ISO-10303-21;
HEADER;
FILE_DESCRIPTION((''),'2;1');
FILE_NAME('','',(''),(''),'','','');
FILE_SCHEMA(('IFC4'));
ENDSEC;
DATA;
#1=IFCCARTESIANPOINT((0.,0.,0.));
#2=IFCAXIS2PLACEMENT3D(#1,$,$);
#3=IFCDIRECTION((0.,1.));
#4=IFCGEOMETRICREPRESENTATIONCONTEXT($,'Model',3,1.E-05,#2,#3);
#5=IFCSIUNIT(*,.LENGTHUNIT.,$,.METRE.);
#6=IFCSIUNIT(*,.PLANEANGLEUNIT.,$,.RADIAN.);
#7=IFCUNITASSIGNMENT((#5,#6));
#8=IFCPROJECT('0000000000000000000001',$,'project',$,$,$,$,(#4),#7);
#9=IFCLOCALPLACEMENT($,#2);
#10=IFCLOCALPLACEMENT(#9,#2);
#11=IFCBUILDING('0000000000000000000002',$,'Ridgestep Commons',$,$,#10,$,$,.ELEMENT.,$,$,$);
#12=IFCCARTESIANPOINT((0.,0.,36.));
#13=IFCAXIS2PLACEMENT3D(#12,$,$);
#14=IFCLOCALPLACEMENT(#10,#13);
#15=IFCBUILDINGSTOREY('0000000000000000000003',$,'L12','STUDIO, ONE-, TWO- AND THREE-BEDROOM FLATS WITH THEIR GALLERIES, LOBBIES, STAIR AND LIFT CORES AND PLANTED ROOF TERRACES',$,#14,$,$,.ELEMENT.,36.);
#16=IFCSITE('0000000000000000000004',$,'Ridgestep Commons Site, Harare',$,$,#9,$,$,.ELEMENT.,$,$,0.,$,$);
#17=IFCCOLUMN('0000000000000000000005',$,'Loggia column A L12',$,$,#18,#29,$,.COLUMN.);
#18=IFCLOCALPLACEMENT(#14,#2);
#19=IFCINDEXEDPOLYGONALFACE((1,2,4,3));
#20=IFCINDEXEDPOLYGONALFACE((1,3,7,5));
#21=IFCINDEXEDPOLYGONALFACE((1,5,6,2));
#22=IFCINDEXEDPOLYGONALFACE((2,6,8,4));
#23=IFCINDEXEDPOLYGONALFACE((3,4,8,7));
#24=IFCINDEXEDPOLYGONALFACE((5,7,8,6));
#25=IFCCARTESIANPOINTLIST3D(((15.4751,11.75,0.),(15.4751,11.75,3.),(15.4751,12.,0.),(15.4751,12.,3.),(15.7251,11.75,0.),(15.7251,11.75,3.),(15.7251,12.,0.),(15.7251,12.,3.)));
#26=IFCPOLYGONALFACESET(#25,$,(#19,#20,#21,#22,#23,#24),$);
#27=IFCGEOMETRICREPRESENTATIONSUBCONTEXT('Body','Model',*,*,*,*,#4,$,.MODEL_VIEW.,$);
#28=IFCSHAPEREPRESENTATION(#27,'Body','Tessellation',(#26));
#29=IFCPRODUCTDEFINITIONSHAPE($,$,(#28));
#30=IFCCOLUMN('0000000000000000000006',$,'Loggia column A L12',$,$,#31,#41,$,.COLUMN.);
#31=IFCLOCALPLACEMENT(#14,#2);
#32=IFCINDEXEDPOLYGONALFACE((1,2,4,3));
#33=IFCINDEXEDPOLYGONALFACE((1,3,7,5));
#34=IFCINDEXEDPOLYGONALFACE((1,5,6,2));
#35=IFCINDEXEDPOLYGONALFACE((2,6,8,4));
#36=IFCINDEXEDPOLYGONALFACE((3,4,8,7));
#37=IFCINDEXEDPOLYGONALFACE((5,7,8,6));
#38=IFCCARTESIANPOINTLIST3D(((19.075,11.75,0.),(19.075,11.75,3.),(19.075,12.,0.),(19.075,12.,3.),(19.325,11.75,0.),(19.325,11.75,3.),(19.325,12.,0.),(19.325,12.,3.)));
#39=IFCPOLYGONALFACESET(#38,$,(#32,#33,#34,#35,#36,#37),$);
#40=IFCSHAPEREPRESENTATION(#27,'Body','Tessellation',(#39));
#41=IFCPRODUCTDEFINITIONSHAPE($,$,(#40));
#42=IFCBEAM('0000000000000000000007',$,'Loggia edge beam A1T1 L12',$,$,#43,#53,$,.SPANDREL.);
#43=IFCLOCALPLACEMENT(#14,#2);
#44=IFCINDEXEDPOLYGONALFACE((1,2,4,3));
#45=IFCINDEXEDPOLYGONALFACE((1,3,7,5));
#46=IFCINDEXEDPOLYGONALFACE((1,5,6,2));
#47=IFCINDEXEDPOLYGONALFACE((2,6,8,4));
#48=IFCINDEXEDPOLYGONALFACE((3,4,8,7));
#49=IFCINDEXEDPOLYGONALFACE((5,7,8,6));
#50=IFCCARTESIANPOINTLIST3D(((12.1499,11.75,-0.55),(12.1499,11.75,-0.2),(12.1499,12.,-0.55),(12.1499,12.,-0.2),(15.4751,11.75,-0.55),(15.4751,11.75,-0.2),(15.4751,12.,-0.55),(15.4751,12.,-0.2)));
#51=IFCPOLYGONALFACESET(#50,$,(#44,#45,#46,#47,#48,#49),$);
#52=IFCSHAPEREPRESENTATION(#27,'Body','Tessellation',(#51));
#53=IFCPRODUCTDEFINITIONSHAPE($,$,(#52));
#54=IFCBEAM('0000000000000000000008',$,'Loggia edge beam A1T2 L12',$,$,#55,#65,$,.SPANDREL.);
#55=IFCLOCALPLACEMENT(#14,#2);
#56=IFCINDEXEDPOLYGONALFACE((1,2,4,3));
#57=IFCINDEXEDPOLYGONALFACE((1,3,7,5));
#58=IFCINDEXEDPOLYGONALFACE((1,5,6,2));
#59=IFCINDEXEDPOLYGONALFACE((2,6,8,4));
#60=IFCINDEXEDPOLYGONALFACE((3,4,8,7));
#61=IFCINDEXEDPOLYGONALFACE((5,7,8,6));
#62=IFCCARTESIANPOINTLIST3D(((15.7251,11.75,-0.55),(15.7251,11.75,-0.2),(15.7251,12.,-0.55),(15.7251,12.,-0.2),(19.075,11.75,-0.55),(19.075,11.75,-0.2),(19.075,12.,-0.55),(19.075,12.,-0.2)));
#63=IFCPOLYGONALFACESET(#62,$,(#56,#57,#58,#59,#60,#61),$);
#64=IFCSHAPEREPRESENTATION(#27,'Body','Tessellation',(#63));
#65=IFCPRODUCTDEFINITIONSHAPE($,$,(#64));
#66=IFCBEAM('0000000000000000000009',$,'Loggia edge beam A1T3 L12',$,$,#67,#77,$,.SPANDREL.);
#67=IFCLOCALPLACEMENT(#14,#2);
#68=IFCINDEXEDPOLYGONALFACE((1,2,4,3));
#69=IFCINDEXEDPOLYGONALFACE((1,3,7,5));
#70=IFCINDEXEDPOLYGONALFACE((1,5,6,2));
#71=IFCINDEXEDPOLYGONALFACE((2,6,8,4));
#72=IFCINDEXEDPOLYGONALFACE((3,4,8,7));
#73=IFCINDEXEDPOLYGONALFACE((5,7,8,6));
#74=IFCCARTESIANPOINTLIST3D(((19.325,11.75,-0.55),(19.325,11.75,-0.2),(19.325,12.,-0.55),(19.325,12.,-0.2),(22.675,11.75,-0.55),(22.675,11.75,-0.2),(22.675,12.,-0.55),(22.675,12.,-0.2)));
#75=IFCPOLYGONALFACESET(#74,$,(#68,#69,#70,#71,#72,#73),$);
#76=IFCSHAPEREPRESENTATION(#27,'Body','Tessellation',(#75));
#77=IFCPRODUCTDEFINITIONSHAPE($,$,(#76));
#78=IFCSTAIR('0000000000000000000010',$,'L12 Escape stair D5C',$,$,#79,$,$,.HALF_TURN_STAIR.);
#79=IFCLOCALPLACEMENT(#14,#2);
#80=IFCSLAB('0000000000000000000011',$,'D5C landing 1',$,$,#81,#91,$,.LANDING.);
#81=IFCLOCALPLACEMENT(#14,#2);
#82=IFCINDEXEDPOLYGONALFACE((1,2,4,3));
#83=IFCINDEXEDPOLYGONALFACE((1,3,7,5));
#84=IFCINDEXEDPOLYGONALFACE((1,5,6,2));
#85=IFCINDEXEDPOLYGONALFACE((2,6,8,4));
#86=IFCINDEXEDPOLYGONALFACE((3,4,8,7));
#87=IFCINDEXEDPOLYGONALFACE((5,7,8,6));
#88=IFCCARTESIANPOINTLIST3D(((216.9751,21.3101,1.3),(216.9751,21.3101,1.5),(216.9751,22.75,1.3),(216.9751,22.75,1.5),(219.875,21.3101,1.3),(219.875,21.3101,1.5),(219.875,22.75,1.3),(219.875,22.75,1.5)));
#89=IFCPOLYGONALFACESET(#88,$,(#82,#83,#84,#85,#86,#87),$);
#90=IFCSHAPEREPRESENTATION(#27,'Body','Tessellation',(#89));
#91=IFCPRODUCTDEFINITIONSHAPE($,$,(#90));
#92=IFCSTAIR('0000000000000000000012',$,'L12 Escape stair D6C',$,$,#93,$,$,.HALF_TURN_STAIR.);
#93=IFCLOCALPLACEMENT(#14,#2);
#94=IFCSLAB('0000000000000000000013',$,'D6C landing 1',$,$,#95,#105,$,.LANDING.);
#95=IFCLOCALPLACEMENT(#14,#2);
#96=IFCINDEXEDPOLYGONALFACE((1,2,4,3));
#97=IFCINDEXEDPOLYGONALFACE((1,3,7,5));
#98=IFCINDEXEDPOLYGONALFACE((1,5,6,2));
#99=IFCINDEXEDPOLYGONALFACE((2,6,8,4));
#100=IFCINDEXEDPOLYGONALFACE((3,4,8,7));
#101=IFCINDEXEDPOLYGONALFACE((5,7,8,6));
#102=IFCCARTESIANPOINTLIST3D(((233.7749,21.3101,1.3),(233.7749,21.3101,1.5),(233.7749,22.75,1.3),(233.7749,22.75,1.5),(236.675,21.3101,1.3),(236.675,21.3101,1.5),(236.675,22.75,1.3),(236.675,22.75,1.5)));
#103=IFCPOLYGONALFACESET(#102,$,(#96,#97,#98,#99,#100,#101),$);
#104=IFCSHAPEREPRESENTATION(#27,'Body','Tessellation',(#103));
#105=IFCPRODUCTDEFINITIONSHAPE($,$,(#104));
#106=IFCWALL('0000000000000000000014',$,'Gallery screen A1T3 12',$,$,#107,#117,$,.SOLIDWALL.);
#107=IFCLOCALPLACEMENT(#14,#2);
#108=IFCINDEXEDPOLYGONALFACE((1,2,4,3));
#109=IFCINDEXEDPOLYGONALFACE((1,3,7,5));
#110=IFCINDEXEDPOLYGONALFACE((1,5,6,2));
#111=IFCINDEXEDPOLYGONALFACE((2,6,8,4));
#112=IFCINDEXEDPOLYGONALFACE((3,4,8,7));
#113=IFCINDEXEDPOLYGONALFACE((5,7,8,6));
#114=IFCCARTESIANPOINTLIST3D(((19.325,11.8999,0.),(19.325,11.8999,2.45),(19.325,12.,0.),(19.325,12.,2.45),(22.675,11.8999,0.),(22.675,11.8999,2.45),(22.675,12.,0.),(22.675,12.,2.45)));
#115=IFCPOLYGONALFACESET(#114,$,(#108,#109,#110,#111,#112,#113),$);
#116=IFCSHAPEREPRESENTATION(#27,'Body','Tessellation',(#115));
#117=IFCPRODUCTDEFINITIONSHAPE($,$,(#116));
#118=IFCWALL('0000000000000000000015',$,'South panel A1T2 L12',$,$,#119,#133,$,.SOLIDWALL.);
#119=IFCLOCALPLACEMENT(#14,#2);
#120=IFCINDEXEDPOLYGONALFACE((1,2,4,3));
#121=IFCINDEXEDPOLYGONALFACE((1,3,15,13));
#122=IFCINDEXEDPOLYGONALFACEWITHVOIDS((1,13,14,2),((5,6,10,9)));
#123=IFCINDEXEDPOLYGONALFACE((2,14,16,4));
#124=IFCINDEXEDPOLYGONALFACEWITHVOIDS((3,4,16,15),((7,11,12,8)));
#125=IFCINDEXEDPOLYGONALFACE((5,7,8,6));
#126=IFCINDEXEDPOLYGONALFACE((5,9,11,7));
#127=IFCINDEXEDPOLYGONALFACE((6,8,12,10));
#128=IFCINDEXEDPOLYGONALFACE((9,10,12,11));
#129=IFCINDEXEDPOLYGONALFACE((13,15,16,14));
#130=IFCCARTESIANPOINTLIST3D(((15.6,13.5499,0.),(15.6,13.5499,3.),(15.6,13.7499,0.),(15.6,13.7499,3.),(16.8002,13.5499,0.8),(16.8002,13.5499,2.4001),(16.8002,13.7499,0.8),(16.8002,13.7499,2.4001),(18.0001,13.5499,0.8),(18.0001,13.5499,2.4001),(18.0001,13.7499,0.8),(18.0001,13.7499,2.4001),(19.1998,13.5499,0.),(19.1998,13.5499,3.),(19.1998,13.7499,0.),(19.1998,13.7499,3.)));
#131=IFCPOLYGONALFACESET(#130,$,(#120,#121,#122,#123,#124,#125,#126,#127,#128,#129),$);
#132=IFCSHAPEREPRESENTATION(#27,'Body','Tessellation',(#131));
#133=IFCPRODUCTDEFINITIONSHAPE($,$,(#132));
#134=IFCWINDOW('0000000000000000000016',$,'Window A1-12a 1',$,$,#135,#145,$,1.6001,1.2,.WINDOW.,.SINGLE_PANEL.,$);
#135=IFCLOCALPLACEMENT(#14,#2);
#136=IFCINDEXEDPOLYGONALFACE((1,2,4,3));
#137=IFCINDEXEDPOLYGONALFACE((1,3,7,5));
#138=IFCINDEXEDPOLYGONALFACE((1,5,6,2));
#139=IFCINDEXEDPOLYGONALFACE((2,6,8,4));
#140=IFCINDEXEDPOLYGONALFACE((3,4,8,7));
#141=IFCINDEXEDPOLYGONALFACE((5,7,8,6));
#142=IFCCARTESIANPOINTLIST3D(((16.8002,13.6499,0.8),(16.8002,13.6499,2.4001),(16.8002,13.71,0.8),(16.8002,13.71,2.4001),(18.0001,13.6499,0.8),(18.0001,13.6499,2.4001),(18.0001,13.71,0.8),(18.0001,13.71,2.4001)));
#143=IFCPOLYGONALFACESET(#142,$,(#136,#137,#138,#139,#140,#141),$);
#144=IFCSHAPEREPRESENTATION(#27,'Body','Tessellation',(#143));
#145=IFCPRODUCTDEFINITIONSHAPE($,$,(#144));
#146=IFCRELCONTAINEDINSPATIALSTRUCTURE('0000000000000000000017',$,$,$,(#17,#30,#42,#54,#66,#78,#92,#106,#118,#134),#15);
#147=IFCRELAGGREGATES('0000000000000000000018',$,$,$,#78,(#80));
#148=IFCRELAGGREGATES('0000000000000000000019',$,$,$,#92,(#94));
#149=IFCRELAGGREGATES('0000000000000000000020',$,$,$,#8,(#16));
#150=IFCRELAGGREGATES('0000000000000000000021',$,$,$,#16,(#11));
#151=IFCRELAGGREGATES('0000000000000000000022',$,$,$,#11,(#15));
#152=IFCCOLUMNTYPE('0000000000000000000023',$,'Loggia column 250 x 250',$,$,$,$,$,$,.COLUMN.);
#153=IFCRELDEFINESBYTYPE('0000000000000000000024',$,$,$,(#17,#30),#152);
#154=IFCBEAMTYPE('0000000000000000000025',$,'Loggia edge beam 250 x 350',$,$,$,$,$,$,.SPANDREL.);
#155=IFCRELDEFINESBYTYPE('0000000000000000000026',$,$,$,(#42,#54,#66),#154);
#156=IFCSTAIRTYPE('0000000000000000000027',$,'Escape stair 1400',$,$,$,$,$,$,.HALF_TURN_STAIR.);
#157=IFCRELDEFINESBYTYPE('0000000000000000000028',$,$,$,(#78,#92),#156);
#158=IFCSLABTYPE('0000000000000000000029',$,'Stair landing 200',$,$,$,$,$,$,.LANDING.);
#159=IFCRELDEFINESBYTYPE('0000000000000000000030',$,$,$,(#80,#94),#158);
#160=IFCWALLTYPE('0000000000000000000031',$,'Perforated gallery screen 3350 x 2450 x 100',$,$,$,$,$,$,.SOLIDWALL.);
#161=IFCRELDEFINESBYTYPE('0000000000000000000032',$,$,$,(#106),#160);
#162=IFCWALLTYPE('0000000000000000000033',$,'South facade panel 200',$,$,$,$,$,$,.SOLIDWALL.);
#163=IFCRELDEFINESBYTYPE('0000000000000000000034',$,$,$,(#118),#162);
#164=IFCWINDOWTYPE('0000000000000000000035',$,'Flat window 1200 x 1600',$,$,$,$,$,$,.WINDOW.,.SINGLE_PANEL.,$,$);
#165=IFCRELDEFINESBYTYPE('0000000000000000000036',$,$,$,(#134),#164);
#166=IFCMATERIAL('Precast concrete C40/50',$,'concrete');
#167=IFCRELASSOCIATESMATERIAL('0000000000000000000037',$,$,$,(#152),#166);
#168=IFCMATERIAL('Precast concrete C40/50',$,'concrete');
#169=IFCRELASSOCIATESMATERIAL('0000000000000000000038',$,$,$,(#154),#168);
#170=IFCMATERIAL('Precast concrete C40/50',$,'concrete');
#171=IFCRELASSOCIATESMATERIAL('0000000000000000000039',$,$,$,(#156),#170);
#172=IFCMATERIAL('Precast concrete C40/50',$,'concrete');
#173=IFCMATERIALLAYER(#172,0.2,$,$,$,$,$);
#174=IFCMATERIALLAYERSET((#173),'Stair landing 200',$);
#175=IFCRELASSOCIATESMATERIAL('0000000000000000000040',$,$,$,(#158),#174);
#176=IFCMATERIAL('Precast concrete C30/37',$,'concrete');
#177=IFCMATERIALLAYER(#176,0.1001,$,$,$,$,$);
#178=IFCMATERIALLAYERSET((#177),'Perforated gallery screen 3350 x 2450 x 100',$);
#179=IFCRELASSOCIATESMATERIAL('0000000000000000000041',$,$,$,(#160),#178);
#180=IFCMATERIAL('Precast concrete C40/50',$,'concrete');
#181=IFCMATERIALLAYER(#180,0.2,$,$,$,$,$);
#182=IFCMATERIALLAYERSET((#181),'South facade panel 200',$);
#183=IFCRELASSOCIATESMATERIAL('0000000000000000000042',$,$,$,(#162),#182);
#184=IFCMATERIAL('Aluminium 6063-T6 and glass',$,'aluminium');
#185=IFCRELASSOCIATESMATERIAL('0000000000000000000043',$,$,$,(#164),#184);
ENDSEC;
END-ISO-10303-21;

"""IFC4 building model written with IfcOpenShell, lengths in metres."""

from ifc_helpers import new_model, si_unit, direction, frame, frame_2d, origin, origin_2d, place, context, subcontext, project, spatial, polyline, rectangle, outline, extrude, material, layer, layer_set, material_profile, profile_set, type_object, element, fill, aggregate, save


model = new_model("IFC4")

# Units and contexts
model_context = context("Model", 3, precision=1e-05, world=origin(), true_north=direction((0.0, 1.0)))
body_context = subcontext(model_context, "Body", "Model", "MODEL_VIEW")
ifc_project = project(units=[si_unit("LENGTHUNIT", "METRE"), si_unit("PLANEANGLEUNIT", "RADIAN")], contexts=[model_context])

# Site, building, storey
site_placement = place(None, origin())
site = spatial("IfcSite", under=ifc_project, at=site_placement, Name="Ridgestep Commons Site, Harare", CompositionType="ELEMENT", RefElevation=0.0)
building_placement = place(site_placement, origin())
building = spatial("IfcBuilding", under=site, at=building_placement, Name="Ridgestep Commons", CompositionType="ELEMENT")
storey_placement = place(building_placement, frame((0.0, 0.0, 36.0)))
storey = spatial("IfcBuildingStorey", under=building, at=storey_placement, Name="L12", Description="STUDIO, ONE-, TWO- AND THREE-BEDROOM FLATS WITH THEIR GALLERIES, LOBBIES, STAIR AND LIFT CORES AND PLANTED ROOF TERRACES", CompositionType="ELEMENT", Elevation=36.0)

# Columns
ifc_material_1 = material(Name="Precast concrete C40/50", Category="concrete")
ifc_material_profile_1 = material_profile(ifc_material_1, rectangle(XDim=0.25, YDim=0.25, at=origin_2d()), Name="PC 250x250")
ifc_profile_set_1 = profile_set([ifc_material_profile_1], Name="Precast concrete C40/50")
column_type = type_object("IfcColumnType", Name="Loggia column 250 x 250", PredefinedType="COLUMN", material=ifc_profile_set_1)
for number, where, z_axis, x_axis, name in (
    (1, (15.6001, 11.875, 0.0), (0.0, 0.0, 1.0), (1.0, 0.0, 0.0), "Loggia column A L12"),
    (2, (19.2, 11.875, 0.0), (0.0, 0.0, 1.0), (1.0, 0.0, 0.0), "Loggia column A L12"),
):
    element("IfcColumn", number, at=place(storey_placement, frame(where, z_axis=z_axis, x_axis=x_axis)), inside=storey, type_object=column_type, Name=name, PredefinedType="COLUMN", context=body_context, shape_type="SweptSolid", body=[
        extrude(rectangle(XDim=0.25, YDim=0.25, at=origin_2d()), origin(), (0.0, 0.0, 1.0), 3.0),
    ])

# Beams
ifc_material_2 = material(Name="Precast concrete C40/50", Category="concrete")
ifc_material_profile_2 = material_profile(ifc_material_2, rectangle(XDim=0.25, YDim=0.3501, at=origin_2d()), Name="PC 250x350")
ifc_profile_set_2 = profile_set([ifc_material_profile_2], Name="Precast concrete C40/50")
beam_type = type_object("IfcBeamType", Name="Loggia edge beam 250 x 350", PredefinedType="SPANDREL", material=ifc_profile_set_2)
beam_1_placement = place(storey_placement, frame((12.1499, 11.875, -0.375), z_axis=(1.0, 0.0, 0.0), x_axis=(0.0, 1.0, 0.0)))
element("IfcBeam", 3, at=beam_1_placement, inside=storey, type_object=beam_type, Name="Loggia edge beam A1T1 L12", PredefinedType="SPANDREL", context=body_context, shape_type="SweptSolid", body=[
    extrude(rectangle(XDim=0.25, YDim=0.3501, at=origin_2d()), origin(), (0.0, 0.0, 1.0), 3.3252),
])
beam_2_placement = place(storey_placement, frame((15.7251, 11.875, -0.375), z_axis=(1.0, 0.0, 0.0), x_axis=(0.0, 1.0, 0.0)))
element("IfcBeam", 4, at=beam_2_placement, inside=storey, type_object=beam_type, Name="Loggia edge beam A1T2 L12", PredefinedType="SPANDREL", context=body_context, shape_type="SweptSolid", body=[
    extrude(rectangle(XDim=0.25, YDim=0.3501, at=origin_2d()), origin(), (0.0, 0.0, 1.0), 3.3499),
])
beam_3_placement = place(storey_placement, frame((19.325, 11.875, -0.375), z_axis=(1.0, 0.0, 0.0), x_axis=(0.0, 1.0, 0.0)))
element("IfcBeam", 5, at=beam_3_placement, inside=storey, type_object=beam_type, Name="Loggia edge beam A1T3 L12", PredefinedType="SPANDREL", context=body_context, shape_type="SweptSolid", body=[
    extrude(rectangle(XDim=0.25, YDim=0.3501, at=origin_2d()), origin(), (0.0, 0.0, 1.0), 3.3501),
])

# Stairs, slabs
ifc_material_3 = material(Name="Precast concrete C40/50", Category="concrete")
stair_type = type_object("IfcStairType", Name="Escape stair 1400", PredefinedType="HALF_TURN_STAIR", material=ifc_material_3)
stair_1_placement = place(storey_placement, origin())
stair_1 = element("IfcStair", 6, at=stair_1_placement, inside=storey, type_object=stair_type, Name="L12 Escape stair D5C", PredefinedType="HALF_TURN_STAIR")
ifc_material_4 = material(Name="Precast concrete C40/50", Category="concrete")
ifc_layer_1 = layer(ifc_material_4, 0.2)
ifc_layer_set_1 = layer_set([ifc_layer_1], Name="Stair landing 200")
slab_type = type_object("IfcSlabType", Name="Stair landing 200", PredefinedType="LANDING", material=ifc_layer_set_1)
slab_1_placement = place(storey_placement, frame((0.0, 0.0, 1.3)))
slab_1 = element("IfcSlab", 7, at=slab_1_placement, type_object=slab_type, Name="D5C landing 1", PredefinedType="LANDING", context=body_context, shape_type="SweptSolid", body=[
    extrude(outline(polyline([(219.875, 21.3101), (219.875, 22.75), (216.9751, 22.75), (216.9751, 21.3101), (219.875, 21.3101)])), origin(), (0.0, 0.0, 1.0), 0.2),
])
aggregate(stair_1, [slab_1])
stair_2_placement = place(storey_placement, origin())
stair_2 = element("IfcStair", 8, at=stair_2_placement, inside=storey, type_object=stair_type, Name="L12 Escape stair D6C", PredefinedType="HALF_TURN_STAIR")
slab_2_placement = place(storey_placement, frame((0.0, 0.0, 1.3)))
slab_2 = element("IfcSlab", 9, at=slab_2_placement, type_object=slab_type, Name="D6C landing 1", PredefinedType="LANDING", context=body_context, shape_type="SweptSolid", body=[
    extrude(outline(polyline([(236.675, 21.3101), (236.675, 22.75), (233.7749, 22.75), (233.7749, 21.3101), (236.675, 21.3101)])), origin(), (0.0, 0.0, 1.0), 0.2),
])
aggregate(stair_2, [slab_2])

# Wall
ifc_material_5 = material(Name="Precast concrete C30/37", Category="concrete")
ifc_layer_2 = layer(ifc_material_5, 0.1001)
ifc_layer_set_2 = layer_set([ifc_layer_2], Name="Perforated gallery screen 3350 x 2450 x 100")
wall_type_1 = type_object("IfcWallType", Name="Perforated gallery screen 3350 x 2450 x 100", PredefinedType="SOLIDWALL", material=ifc_layer_set_2)
wall_1_placement = place(storey_placement, frame((19.325, 11.95, 0.0), z_axis=(0.0, 0.0, 1.0), x_axis=(1.0, 0.0, 0.0)))
element("IfcWall", 10, at=wall_1_placement, inside=storey, type_object=wall_type_1, Name="Gallery screen A1T3 12", PredefinedType="SOLIDWALL", context=body_context, shape_type="SweptSolid", body=[
    extrude(rectangle(XDim=3.3501, YDim=0.1001, at=frame_2d((1.675, 0.0))), origin(), (0.0, 0.0, 1.0), 2.45),
])

# Wall, opening, window
ifc_material_6 = material(Name="Precast concrete C40/50", Category="concrete")
ifc_layer_3 = layer(ifc_material_6, 0.2)
ifc_layer_set_3 = layer_set([ifc_layer_3], Name="South facade panel 200")
wall_type_2 = type_object("IfcWallType", Name="South facade panel 200", PredefinedType="SOLIDWALL", material=ifc_layer_set_3)
wall_2_placement = place(storey_placement, frame((15.6001, 13.6499, 0.0), z_axis=(0.0, 0.0, 1.0), x_axis=(1.0, 0.0, 0.0)))
wall_2 = element("IfcWall", 11, at=wall_2_placement, inside=storey, type_object=wall_type_2, Name="South panel A1T2 L12", PredefinedType="SOLIDWALL", context=body_context, shape_type="SweptSolid", body=[
    extrude(rectangle(XDim=3.5999, YDim=0.2, at=frame_2d((1.7998, 0.0))), origin(), (0.0, 0.0, 1.0), 3.0),
])
opening_placement = place(wall_2_placement, frame((1.2, 0.0, 0.8)))
opening = element("IfcOpeningElement", 12, at=opening_placement, cuts=wall_2, PredefinedType="OPENING", context=body_context, shape_type="SweptSolid", body=[
    extrude(rectangle(XDim=1.2, YDim=1.6001, at=frame_2d((0.6001, 0.8))), frame((0.0, 0.1099, 0.0), z_axis=(0.0, -1.0, 0.0), x_axis=(1.0, 0.0, 0.0)), (0.0, 0.0, 1.0), 0.22),
])
ifc_material_7 = material(Name="Aluminium 6063-T6 and glass", Category="aluminium")
window_type = type_object("IfcWindowType", Name="Flat window 1200 x 1600", PartitioningType="SINGLE_PANEL", PredefinedType="WINDOW", material=ifc_material_7)
window_placement = place(opening_placement, origin())
window = element("IfcWindow", 13, at=window_placement, inside=storey, type_object=window_type, Name="Window A1-12a 1", OverallHeight=1.6001, OverallWidth=1.2, PartitioningType="SINGLE_PANEL", PredefinedType="WINDOW", context=body_context, shape_type="SweptSolid", body=[
    extrude(rectangle(XDim=1.2, YDim=1.6001, at=frame_2d((0.6001, 0.8))), frame((0.0, 0.0601, 0.0), z_axis=(0.0, -1.0, 0.0), x_axis=(1.0, 0.0, 0.0)), (0.0, 0.0, 1.0), 0.0601),
])
fill(opening, window)

save(model, "model.ifc")
